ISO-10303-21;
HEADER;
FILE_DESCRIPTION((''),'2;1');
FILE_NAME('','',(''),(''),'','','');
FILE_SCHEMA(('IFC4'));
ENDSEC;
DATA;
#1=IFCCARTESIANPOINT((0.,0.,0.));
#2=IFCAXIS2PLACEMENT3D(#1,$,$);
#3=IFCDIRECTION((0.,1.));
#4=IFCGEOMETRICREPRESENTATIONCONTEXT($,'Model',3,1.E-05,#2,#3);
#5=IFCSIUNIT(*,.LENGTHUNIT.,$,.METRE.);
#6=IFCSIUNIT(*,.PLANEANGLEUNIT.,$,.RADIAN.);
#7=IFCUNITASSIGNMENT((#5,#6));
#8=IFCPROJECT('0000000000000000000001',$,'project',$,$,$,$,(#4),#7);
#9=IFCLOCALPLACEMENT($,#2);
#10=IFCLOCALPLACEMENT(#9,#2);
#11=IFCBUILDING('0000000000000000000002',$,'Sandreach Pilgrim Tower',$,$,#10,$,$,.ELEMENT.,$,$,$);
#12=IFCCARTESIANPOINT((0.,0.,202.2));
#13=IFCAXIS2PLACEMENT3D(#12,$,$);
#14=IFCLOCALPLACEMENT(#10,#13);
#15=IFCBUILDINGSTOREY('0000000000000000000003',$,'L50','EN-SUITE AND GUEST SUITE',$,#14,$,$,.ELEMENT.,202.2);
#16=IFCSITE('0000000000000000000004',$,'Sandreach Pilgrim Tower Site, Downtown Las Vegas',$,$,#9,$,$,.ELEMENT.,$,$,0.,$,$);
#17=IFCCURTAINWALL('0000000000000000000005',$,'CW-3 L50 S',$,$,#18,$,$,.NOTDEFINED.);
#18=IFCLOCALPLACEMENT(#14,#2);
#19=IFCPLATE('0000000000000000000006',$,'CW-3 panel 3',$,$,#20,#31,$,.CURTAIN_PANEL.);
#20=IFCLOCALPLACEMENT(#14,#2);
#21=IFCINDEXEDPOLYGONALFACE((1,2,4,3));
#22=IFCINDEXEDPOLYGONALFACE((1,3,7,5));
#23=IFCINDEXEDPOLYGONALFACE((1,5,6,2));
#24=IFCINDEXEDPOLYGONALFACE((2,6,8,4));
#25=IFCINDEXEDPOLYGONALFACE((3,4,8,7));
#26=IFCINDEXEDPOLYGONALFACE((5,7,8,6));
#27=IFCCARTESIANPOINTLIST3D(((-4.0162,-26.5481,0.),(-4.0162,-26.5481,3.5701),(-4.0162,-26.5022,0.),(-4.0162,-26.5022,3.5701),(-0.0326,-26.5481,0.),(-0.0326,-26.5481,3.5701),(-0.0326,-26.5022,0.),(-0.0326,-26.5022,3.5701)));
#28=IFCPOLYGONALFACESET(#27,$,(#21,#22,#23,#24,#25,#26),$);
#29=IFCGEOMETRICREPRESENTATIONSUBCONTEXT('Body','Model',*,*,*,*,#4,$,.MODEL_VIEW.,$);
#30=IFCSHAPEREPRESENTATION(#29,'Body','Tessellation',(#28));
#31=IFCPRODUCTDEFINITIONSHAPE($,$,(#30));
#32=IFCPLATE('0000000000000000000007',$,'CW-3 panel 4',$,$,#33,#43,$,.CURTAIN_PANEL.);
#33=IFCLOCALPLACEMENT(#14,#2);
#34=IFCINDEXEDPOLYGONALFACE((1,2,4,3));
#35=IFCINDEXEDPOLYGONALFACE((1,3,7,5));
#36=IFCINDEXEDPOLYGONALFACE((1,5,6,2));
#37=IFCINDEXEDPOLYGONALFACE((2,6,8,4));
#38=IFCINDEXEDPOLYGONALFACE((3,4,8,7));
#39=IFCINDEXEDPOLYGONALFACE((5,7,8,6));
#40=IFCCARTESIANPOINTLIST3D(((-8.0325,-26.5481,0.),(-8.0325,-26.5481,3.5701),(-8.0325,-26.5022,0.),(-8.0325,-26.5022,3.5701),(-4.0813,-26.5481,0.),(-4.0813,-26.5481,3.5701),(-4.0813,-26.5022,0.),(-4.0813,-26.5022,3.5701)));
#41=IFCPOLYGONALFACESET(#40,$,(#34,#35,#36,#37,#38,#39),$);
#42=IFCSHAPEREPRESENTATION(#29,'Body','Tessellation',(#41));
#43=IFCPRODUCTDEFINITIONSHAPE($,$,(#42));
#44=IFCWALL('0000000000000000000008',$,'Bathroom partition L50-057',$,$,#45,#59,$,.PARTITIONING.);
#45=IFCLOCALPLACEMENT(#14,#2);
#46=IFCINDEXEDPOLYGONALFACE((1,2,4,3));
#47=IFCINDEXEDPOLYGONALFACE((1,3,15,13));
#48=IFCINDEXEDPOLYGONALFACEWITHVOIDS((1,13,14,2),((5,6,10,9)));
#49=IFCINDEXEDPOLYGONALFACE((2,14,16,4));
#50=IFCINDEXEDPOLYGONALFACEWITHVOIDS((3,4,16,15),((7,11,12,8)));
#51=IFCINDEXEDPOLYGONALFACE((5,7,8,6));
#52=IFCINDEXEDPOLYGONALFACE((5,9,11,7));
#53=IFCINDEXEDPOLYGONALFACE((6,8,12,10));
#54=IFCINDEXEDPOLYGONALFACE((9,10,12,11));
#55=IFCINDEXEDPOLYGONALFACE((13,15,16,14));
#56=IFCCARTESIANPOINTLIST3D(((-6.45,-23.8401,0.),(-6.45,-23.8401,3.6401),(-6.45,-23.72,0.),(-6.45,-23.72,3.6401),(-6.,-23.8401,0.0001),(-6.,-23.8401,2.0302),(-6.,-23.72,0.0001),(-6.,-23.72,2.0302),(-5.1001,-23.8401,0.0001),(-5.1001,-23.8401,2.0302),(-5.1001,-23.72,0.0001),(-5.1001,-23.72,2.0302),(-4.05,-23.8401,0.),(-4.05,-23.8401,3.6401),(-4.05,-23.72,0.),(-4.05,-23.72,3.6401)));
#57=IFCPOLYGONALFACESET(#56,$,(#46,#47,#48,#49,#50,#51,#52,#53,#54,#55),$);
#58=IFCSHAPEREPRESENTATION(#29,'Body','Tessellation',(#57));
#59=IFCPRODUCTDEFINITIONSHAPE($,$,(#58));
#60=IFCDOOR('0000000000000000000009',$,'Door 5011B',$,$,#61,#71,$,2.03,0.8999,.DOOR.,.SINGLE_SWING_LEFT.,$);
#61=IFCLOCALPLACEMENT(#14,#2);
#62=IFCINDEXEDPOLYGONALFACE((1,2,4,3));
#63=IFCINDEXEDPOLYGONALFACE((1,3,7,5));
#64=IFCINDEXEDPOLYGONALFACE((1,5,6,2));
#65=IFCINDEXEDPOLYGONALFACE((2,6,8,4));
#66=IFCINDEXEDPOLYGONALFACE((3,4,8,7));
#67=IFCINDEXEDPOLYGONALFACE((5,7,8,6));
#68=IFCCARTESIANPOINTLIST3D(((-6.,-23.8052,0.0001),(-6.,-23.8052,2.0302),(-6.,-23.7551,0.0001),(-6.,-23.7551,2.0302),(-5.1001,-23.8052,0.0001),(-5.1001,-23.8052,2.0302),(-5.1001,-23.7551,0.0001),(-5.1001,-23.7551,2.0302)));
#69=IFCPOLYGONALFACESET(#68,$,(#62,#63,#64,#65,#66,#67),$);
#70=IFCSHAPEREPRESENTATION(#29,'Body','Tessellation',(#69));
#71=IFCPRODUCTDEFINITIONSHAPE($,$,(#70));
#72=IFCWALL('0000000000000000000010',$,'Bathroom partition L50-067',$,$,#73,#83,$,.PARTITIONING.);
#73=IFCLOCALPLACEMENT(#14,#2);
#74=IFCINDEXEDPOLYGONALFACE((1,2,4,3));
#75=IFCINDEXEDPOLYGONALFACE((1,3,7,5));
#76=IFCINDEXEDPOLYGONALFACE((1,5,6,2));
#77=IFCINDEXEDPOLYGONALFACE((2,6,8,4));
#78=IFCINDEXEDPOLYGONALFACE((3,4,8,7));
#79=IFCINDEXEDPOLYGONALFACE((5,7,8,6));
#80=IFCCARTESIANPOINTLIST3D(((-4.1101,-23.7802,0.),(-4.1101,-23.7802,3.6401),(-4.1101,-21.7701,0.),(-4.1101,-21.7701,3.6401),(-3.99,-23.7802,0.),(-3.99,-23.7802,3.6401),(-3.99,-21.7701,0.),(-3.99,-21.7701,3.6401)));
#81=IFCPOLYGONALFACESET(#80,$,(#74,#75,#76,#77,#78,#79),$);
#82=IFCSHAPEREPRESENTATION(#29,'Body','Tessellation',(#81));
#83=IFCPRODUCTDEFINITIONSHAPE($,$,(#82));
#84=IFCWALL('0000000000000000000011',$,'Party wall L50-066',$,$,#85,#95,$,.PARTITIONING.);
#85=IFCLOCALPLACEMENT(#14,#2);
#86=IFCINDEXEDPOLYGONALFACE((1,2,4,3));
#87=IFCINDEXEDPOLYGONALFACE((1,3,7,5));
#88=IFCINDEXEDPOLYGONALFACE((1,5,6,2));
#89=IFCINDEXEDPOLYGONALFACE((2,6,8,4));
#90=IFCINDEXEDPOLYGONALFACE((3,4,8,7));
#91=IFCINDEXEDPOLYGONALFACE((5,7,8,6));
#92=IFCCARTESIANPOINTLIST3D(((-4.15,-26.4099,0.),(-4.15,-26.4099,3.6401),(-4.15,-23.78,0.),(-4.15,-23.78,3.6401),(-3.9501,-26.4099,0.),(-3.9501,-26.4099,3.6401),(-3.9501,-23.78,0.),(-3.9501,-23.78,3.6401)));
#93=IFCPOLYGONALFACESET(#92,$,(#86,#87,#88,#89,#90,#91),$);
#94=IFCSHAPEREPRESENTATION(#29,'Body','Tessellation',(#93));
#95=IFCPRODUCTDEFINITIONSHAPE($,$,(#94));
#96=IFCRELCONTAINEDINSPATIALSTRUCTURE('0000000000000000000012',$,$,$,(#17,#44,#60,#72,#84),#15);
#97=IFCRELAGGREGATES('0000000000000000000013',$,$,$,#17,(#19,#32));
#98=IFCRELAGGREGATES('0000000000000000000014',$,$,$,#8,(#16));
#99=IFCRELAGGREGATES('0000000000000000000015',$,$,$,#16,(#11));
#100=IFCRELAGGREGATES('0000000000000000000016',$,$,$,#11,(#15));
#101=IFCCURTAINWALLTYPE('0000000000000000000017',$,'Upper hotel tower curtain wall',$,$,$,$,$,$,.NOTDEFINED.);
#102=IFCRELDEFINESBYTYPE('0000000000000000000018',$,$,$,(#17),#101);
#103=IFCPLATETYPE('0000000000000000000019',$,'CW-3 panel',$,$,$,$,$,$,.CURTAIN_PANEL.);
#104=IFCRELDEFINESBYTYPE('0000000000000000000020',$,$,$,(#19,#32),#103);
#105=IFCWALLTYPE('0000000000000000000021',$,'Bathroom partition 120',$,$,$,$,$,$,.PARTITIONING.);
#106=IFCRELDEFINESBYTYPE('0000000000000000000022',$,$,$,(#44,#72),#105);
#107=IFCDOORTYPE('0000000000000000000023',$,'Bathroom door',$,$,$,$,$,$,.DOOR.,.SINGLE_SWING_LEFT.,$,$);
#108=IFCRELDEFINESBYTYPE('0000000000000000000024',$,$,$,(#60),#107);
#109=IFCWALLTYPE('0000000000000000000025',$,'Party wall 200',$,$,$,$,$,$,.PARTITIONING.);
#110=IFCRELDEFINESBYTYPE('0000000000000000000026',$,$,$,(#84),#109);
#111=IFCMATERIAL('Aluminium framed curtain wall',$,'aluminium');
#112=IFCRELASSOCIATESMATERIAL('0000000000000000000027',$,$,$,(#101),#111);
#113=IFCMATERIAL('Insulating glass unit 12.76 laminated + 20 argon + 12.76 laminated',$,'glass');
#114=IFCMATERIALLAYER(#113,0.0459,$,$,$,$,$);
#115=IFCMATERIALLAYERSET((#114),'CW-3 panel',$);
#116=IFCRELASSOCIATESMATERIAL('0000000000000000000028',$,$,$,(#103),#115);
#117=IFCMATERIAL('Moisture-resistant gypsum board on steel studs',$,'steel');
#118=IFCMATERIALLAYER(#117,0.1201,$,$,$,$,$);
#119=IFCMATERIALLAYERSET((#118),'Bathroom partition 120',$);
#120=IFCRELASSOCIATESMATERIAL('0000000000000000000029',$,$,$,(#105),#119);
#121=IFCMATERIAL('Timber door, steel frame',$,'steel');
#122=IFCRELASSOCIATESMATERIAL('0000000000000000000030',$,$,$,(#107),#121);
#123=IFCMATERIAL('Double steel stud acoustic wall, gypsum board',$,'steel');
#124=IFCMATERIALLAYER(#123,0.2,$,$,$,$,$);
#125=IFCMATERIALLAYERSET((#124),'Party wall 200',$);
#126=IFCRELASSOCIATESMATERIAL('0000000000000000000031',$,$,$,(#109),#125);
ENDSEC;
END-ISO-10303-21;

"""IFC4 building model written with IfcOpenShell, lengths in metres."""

from ifc_helpers import new_model, si_unit, direction, frame, frame_2d, origin, origin_2d, place, context, subcontext, project, spatial, rectangle, extrude, material, layer, layer_set, type_object, element, fill, aggregate, save


model = new_model("IFC4")

# Units and contexts
model_context = context("Model", 3, precision=1e-05, world=origin(), true_north=direction((0.0, 1.0)))
body_context = subcontext(model_context, "Body", "Model", "MODEL_VIEW")
ifc_project = project(units=[si_unit("LENGTHUNIT", "METRE"), si_unit("PLANEANGLEUNIT", "RADIAN")], contexts=[model_context])

# Site, building, storey
site_placement = place(None, origin())
site = spatial("IfcSite", under=ifc_project, at=site_placement, Name="Sandreach Pilgrim Tower Site, Downtown Las Vegas", CompositionType="ELEMENT", RefElevation=0.0)
building_placement = place(site_placement, origin())
building = spatial("IfcBuilding", under=site, at=building_placement, Name="Sandreach Pilgrim Tower", CompositionType="ELEMENT")
storey_placement = place(building_placement, frame((0.0, 0.0, 202.2)))
storey = spatial("IfcBuildingStorey", under=building, at=storey_placement, Name="L50", Description="EN-SUITE AND GUEST SUITE", CompositionType="ELEMENT", Elevation=202.2)

# Curtain wall
ifc_material_1 = material(Name="Aluminium framed curtain wall", Category="aluminium")
curtain_wall_type = type_object("IfcCurtainWallType", Name="Upper hotel tower curtain wall", PredefinedType="NOTDEFINED", material=ifc_material_1)
curtain_wall_placement = place(storey_placement, origin())
curtain_wall = element("IfcCurtainWall", 1, at=curtain_wall_placement, inside=storey, type_object=curtain_wall_type, Name="CW-3 L50 S", PredefinedType="NOTDEFINED")

# Plates
ifc_material_2 = material(Name="Insulating glass unit 12.76 laminated + 20 argon + 12.76 laminated", Category="glass")
ifc_layer_1 = layer(ifc_material_2, 0.0459)
ifc_layer_set_1 = layer_set([ifc_layer_1], Name="CW-3 panel")
plate_type = type_object("IfcPlateType", Name="CW-3 panel", PredefinedType="CURTAIN_PANEL", material=ifc_layer_set_1)
plate_1_placement = place(storey_placement, frame((-2.0244, -26.5251, 0.0), z_axis=(0.0, 0.0, 1.0), x_axis=(-1.0, 0.0, 0.0)))
plate_1 = element("IfcPlate", 2, at=plate_1_placement, type_object=plate_type, Name="CW-3 panel 3", PredefinedType="CURTAIN_PANEL", context=body_context, shape_type="SweptSolid", body=[
    extrude(rectangle(XDim=3.9836, YDim=0.0459, at=origin_2d()), origin(), (0.0, 0.0, 1.0), 3.5701),
])
plate_2_placement = place(storey_placement, frame((-6.0569, -26.5251, 0.0), z_axis=(0.0, 0.0, 1.0), x_axis=(-1.0, 0.0, 0.0)))
plate_2 = element("IfcPlate", 3, at=plate_2_placement, type_object=plate_type, Name="CW-3 panel 4", PredefinedType="CURTAIN_PANEL", context=body_context, shape_type="SweptSolid", body=[
    extrude(rectangle(XDim=3.9512, YDim=0.0459, at=origin_2d()), origin(), (0.0, 0.0, 1.0), 3.5701),
])
aggregate(curtain_wall, [plate_1, plate_2])

# Wall, opening, door
ifc_material_3 = material(Name="Moisture-resistant gypsum board on steel studs", Category="steel")
ifc_layer_2 = layer(ifc_material_3, 0.1201)
ifc_layer_set_2 = layer_set([ifc_layer_2], Name="Bathroom partition 120")
wall_type_1 = type_object("IfcWallType", Name="Bathroom partition 120", PredefinedType="PARTITIONING", material=ifc_layer_set_2)
wall_1_placement = place(storey_placement, frame((-6.45, -23.78, 0.0), z_axis=(0.0, 0.0, 1.0), x_axis=(1.0, 0.0, 0.0)))
wall_1 = element("IfcWall", 4, at=wall_1_placement, inside=storey, type_object=wall_type_1, Name="Bathroom partition L50-057", PredefinedType="PARTITIONING", context=body_context, shape_type="SweptSolid", body=[
    extrude(rectangle(XDim=2.3999, YDim=0.1201, at=frame_2d((1.2, 0.0))), origin(), (0.0, 0.0, 1.0), 3.6401),
])
opening_placement = place(wall_1_placement, frame((0.45, 0.0, 0.0)))
opening = element("IfcOpeningElement", 5, at=opening_placement, cuts=wall_1, PredefinedType="OPENING", context=body_context, shape_type="SweptSolid", body=[
    extrude(rectangle(XDim=0.8999, YDim=2.03, at=frame_2d((0.45, 1.0151))), frame((0.0, 0.0601, 0.0), z_axis=(0.0, -1.0, 0.0), x_axis=(1.0, 0.0, 0.0)), (0.0, 0.0, 1.0), 0.1201),
])
ifc_material_4 = material(Name="Timber door, steel frame", Category="steel")
door_type = type_object("IfcDoorType", Name="Bathroom door", OperationType="SINGLE_SWING_LEFT", PredefinedType="DOOR", material=ifc_material_4)
door_placement = place(opening_placement, origin())
door = element("IfcDoor", 6, at=door_placement, inside=storey, type_object=door_type, Name="Door 5011B", OperationType="SINGLE_SWING_LEFT", OverallHeight=2.03, OverallWidth=0.8999, PredefinedType="DOOR", context=body_context, shape_type="SweptSolid", body=[
    extrude(rectangle(XDim=0.8999, YDim=2.03, at=frame_2d((0.45, 1.0151))), frame((0.0, 0.0249, 0.0), z_axis=(0.0, -1.0, 0.0), x_axis=(1.0, 0.0, 0.0)), (0.0, 0.0, 1.0), 0.05),
])
fill(opening, door)

# Walls
wall_2_placement = place(storey_placement, frame((-4.05, -23.78, 0.0), z_axis=(0.0, 0.0, 1.0), x_axis=(0.0, 1.0, 0.0)))
element("IfcWall", 7, at=wall_2_placement, inside=storey, type_object=wall_type_1, Name="Bathroom partition L50-067", PredefinedType="PARTITIONING", context=body_context, shape_type="SweptSolid", body=[
    extrude(rectangle(XDim=2.01, YDim=0.1201, at=frame_2d((1.0049, 0.0))), origin(), (0.0, 0.0, 1.0), 3.6401),
])
ifc_material_5 = material(Name="Double steel stud acoustic wall, gypsum board", Category="steel")
ifc_layer_3 = layer(ifc_material_5, 0.2)
ifc_layer_set_3 = layer_set([ifc_layer_3], Name="Party wall 200")
wall_type_2 = type_object("IfcWallType", Name="Party wall 200", PredefinedType="PARTITIONING", material=ifc_layer_set_3)
wall_3_placement = place(storey_placement, frame((-4.05, -26.4099, 0.0), z_axis=(0.0, 0.0, 1.0), x_axis=(0.0, 1.0, 0.0)))
element("IfcWall", 8, at=wall_3_placement, inside=storey, type_object=wall_type_2, Name="Party wall L50-066", PredefinedType="PARTITIONING", context=body_context, shape_type="SweptSolid", body=[
    extrude(rectangle(XDim=2.6299, YDim=0.2, at=frame_2d((1.3149, 0.0))), origin(), (0.0, 0.0, 1.0), 3.6401),
])

save(model, "model.ifc")
